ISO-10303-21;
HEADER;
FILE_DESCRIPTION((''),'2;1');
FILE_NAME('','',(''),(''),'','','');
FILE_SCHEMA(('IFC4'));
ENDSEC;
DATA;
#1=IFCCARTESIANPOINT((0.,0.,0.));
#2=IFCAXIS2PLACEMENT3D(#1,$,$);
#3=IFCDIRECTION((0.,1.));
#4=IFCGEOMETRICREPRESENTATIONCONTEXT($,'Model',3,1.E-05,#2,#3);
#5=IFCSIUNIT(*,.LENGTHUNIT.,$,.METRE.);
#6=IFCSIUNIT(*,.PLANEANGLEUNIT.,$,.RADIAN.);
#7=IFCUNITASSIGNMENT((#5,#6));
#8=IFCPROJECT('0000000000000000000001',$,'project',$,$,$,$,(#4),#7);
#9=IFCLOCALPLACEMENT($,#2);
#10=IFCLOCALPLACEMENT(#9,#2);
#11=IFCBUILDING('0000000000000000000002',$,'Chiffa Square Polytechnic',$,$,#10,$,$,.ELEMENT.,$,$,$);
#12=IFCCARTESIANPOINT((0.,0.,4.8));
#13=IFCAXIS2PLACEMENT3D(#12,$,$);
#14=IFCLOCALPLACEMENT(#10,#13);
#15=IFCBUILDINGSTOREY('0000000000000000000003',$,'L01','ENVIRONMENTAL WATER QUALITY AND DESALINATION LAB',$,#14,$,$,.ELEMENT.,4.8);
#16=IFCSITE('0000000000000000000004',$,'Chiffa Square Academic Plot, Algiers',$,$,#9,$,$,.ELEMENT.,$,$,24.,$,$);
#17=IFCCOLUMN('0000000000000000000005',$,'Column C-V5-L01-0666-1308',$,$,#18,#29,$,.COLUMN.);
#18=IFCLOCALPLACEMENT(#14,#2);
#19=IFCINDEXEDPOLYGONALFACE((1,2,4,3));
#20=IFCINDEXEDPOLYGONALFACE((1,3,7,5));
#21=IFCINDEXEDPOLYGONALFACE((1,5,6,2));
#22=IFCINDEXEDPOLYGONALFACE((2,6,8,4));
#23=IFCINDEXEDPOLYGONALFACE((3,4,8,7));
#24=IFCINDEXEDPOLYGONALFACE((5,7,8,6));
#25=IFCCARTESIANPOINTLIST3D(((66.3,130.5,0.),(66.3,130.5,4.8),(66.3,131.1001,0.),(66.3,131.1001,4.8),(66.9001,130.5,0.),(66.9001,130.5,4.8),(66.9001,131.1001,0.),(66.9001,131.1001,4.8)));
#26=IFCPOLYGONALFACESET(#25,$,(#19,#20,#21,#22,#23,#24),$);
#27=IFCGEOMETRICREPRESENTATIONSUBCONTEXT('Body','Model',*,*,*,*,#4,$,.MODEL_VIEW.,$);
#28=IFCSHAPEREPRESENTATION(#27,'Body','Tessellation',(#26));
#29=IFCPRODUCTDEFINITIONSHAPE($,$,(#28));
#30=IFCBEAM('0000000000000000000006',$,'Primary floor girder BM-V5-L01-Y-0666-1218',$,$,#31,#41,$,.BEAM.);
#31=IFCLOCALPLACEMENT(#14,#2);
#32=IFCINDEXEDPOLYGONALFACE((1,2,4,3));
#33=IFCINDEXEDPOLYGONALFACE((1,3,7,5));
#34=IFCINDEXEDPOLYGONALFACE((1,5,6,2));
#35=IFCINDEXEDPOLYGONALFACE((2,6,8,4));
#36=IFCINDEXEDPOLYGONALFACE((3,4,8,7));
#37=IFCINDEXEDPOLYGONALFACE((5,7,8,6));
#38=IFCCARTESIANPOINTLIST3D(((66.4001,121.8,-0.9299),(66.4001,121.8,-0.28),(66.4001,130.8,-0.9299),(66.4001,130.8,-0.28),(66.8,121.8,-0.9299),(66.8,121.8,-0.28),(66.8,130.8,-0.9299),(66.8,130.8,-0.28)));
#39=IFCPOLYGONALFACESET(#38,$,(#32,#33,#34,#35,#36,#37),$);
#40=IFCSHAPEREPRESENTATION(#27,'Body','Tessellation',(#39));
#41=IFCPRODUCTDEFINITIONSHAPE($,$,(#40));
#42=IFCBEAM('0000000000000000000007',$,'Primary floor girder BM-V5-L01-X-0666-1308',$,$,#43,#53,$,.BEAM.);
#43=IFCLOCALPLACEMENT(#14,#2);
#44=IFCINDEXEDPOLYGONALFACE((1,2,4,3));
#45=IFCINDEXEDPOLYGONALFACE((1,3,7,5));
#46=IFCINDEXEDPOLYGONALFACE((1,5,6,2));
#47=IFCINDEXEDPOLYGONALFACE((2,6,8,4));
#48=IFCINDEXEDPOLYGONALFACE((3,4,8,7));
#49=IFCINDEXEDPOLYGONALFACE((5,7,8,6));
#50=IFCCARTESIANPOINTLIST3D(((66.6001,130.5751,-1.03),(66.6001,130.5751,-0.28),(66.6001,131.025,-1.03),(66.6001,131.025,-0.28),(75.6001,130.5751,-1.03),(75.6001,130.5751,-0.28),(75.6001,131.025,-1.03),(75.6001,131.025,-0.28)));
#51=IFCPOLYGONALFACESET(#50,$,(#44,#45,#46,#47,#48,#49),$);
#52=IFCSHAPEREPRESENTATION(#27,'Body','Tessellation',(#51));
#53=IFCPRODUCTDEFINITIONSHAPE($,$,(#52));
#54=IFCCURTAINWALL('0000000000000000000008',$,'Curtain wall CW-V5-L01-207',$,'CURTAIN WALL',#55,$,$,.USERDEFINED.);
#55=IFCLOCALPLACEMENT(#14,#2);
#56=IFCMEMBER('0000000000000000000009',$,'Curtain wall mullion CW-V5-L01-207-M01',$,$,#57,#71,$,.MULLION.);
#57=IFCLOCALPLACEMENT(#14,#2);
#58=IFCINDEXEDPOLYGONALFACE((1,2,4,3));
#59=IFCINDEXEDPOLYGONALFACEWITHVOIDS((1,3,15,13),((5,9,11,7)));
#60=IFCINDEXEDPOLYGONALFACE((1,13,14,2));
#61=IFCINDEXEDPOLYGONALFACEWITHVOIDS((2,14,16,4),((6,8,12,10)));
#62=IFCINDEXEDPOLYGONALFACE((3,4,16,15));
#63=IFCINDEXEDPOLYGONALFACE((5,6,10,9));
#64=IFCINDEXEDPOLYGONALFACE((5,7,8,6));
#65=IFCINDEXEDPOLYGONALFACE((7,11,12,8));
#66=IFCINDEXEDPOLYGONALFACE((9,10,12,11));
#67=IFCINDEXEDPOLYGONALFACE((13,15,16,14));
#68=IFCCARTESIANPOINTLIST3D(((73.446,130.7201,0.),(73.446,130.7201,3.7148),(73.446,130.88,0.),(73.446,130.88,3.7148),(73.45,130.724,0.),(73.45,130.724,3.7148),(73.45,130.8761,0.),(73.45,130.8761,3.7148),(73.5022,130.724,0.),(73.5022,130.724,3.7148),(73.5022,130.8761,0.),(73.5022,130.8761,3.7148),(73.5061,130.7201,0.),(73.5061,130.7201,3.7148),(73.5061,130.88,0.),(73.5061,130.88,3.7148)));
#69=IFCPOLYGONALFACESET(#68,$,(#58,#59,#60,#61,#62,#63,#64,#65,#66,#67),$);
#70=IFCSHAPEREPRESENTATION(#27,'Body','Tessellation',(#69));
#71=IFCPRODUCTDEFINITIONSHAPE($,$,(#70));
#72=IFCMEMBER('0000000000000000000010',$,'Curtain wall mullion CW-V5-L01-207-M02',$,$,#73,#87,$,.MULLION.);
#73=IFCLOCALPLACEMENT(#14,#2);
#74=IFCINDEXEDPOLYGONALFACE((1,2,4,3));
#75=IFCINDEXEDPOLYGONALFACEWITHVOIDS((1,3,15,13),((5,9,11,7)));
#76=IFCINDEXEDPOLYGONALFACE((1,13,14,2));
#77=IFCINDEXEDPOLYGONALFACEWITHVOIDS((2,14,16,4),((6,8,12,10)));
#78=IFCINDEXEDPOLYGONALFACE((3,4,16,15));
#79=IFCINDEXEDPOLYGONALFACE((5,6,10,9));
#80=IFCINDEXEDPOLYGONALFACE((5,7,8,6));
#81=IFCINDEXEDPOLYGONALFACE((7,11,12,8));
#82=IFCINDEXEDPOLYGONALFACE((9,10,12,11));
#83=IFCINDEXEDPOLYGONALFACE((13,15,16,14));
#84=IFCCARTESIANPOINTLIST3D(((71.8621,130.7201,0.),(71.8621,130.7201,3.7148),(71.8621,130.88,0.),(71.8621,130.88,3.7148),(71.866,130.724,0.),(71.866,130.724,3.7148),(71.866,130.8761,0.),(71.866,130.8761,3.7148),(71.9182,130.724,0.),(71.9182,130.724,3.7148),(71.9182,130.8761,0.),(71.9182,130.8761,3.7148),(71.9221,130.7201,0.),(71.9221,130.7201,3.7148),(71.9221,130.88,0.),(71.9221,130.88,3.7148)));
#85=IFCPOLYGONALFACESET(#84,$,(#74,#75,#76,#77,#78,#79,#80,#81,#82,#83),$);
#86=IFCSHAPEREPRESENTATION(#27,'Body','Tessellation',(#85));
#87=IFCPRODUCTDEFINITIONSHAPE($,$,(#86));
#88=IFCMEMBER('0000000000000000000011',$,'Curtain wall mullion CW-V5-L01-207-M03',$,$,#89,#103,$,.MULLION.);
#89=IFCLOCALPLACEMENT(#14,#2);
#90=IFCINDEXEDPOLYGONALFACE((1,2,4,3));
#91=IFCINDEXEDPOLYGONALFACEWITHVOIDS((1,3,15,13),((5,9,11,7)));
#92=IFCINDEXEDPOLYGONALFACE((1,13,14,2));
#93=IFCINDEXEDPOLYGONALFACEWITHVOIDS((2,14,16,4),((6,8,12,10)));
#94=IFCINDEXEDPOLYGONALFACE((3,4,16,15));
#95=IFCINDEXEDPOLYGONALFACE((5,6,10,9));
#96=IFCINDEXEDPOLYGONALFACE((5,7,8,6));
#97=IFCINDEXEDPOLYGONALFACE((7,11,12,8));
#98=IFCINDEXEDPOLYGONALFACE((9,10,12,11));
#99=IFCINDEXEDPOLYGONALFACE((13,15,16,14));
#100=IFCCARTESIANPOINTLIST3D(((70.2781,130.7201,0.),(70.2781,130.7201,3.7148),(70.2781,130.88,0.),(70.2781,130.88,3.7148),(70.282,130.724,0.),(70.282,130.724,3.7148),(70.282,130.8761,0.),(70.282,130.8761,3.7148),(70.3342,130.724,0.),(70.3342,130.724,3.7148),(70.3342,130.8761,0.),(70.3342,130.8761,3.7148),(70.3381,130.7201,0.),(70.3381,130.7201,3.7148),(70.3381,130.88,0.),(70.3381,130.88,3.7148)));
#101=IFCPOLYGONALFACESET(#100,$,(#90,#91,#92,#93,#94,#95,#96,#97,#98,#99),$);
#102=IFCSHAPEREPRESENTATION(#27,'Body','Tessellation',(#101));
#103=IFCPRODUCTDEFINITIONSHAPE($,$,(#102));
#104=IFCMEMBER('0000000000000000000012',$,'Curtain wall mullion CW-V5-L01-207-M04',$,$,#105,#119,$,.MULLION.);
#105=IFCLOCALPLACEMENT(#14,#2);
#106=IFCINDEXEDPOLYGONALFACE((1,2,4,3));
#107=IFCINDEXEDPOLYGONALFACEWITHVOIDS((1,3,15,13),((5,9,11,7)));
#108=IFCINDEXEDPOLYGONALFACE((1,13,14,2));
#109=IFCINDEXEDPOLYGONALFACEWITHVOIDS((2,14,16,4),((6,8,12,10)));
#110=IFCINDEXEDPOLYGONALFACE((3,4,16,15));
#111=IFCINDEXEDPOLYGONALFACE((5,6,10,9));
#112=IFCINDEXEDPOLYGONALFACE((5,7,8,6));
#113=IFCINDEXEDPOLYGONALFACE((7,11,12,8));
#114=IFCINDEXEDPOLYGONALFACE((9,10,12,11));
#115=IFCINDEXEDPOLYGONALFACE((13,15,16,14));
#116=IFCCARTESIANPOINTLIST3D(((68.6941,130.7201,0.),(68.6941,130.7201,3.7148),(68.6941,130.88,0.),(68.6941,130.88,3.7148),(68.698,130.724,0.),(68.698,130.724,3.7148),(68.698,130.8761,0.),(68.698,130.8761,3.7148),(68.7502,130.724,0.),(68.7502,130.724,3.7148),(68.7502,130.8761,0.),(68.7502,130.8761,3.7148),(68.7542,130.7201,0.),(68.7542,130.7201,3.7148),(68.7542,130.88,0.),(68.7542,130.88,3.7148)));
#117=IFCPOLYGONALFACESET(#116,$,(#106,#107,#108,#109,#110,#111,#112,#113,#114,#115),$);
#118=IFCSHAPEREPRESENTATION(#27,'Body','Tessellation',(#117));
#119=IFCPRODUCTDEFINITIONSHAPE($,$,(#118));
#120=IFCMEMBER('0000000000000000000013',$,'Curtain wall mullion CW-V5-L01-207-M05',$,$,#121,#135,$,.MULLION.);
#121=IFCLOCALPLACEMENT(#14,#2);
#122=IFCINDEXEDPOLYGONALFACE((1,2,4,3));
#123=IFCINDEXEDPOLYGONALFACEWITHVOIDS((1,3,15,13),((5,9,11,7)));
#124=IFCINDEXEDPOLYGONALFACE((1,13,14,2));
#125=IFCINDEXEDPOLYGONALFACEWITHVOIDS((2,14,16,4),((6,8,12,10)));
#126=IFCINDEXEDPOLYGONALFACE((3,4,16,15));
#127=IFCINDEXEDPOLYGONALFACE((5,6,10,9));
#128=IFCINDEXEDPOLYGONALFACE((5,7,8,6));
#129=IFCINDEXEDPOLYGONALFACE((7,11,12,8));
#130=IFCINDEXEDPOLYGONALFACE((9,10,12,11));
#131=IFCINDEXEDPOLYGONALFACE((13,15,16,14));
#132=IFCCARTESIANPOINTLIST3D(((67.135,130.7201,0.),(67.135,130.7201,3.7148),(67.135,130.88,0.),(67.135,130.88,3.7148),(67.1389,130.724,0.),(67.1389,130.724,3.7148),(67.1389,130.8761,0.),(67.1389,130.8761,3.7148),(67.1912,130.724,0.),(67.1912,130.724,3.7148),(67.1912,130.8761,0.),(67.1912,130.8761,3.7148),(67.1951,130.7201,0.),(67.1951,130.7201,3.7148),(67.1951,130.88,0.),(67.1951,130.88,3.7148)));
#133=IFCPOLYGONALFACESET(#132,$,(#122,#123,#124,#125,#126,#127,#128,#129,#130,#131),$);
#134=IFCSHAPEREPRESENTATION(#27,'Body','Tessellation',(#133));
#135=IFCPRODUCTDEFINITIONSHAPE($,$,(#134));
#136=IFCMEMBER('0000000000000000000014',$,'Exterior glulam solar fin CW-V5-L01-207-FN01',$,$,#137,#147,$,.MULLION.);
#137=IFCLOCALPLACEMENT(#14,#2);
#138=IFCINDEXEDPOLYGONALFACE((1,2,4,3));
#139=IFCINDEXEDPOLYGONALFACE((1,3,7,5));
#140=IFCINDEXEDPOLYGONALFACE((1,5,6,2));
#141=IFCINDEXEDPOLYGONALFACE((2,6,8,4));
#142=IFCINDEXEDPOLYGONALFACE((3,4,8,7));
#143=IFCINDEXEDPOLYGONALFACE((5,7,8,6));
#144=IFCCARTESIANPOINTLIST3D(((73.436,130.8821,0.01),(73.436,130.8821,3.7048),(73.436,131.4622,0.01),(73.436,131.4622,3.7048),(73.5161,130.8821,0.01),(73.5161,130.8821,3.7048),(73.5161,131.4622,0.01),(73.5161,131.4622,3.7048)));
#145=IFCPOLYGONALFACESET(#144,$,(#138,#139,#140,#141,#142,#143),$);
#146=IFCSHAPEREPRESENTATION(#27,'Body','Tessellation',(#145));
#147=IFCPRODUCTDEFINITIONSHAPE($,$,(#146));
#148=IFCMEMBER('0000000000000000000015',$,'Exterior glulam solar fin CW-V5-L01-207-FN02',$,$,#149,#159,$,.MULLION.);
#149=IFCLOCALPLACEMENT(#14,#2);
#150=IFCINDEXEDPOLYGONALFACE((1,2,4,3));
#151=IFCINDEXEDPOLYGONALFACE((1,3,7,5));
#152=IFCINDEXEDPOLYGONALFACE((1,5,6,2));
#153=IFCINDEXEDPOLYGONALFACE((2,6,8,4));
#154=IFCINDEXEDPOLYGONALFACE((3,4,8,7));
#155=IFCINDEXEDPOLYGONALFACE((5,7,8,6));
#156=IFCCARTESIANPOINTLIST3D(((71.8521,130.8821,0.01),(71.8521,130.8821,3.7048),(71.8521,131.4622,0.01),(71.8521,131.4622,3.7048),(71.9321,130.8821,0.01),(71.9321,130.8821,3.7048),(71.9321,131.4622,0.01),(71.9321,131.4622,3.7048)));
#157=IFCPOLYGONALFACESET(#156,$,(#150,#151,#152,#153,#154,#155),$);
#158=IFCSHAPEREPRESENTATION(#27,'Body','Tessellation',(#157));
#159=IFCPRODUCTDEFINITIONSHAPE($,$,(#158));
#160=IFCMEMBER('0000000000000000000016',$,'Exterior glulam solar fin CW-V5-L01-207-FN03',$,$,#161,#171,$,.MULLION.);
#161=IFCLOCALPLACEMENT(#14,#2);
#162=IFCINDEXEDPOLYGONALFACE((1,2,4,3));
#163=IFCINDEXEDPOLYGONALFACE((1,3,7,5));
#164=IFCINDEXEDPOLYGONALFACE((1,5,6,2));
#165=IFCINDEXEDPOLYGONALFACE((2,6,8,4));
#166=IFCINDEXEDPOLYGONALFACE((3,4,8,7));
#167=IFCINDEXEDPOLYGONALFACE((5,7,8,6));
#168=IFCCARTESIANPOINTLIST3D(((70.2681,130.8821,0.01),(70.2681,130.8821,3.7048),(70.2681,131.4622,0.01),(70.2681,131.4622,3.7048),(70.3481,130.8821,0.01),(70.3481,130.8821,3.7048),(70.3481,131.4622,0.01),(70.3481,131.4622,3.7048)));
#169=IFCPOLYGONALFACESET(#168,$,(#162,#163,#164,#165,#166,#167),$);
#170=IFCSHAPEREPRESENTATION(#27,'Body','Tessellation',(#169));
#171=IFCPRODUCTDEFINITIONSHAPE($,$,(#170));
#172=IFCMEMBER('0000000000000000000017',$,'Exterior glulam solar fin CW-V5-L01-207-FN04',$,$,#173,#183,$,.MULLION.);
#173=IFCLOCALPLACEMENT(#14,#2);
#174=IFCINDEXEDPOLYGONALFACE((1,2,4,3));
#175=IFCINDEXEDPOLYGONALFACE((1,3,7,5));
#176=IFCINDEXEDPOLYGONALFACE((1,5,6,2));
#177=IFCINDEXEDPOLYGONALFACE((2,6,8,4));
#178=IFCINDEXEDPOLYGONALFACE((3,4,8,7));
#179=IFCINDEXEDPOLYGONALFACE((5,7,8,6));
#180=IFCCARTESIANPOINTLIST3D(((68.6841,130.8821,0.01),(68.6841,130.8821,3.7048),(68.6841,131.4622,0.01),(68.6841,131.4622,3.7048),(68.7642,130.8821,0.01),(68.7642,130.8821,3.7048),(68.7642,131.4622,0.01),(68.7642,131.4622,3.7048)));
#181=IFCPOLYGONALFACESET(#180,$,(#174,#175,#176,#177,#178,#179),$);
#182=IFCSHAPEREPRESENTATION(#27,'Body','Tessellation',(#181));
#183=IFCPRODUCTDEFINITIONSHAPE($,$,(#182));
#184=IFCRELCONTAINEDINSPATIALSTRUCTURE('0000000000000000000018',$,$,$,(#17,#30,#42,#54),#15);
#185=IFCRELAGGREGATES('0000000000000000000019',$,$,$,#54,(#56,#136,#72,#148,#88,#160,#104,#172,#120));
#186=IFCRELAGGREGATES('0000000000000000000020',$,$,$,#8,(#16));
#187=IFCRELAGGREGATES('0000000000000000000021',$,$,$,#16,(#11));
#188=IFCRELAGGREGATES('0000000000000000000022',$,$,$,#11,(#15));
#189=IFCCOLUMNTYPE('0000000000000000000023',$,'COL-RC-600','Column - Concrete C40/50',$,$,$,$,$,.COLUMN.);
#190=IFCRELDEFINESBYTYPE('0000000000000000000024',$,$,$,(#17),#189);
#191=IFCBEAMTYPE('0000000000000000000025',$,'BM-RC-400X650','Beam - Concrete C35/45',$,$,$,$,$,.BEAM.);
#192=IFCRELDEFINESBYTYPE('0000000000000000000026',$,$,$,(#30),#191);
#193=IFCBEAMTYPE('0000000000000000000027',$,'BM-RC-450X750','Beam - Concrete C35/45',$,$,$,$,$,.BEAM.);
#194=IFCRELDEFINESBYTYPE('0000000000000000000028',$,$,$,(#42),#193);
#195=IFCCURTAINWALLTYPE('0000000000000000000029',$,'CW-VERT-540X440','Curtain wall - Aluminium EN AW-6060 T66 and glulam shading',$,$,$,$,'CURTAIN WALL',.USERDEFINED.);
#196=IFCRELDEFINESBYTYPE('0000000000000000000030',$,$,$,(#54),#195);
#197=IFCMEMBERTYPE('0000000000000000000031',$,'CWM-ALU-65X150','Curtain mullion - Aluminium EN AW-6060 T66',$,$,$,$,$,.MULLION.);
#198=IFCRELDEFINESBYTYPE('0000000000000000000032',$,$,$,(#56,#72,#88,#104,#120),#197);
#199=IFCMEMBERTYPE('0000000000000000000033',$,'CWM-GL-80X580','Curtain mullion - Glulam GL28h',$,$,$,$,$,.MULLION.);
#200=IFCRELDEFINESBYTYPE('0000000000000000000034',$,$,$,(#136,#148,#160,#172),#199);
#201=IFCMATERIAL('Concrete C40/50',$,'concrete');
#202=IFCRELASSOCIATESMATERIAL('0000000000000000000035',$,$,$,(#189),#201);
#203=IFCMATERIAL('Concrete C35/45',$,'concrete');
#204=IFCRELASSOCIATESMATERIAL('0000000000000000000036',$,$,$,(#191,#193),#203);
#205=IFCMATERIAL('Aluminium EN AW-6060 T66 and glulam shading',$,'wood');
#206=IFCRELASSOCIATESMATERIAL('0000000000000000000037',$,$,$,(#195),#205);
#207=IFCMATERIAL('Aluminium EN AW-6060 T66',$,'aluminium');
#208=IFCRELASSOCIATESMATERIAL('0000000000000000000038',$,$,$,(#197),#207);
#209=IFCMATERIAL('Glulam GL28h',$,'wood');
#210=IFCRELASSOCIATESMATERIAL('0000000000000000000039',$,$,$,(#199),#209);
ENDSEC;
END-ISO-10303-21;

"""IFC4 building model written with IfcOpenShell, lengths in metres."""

from ifc_helpers import new_model, si_unit, direction, frame, origin, origin_2d, place, context, subcontext, project, spatial, rectangle, hollow_rectangle, extrude, material, material_profile, profile_set, type_object, element, aggregate, save


model = new_model("IFC4")

# Units and contexts
model_context = context("Model", 3, precision=1e-05, world=origin(), true_north=direction((0.0, 1.0)))
body_context = subcontext(model_context, "Body", "Model", "MODEL_VIEW")
ifc_project = project(units=[si_unit("LENGTHUNIT", "METRE"), si_unit("PLANEANGLEUNIT", "RADIAN")], contexts=[model_context])

# Site, building, storey
site_placement = place(None, origin())
site = spatial("IfcSite", under=ifc_project, at=site_placement, Name="Chiffa Square Academic Plot, Algiers", CompositionType="ELEMENT", RefElevation=24.0)
building_placement = place(site_placement, origin())
building = spatial("IfcBuilding", under=site, at=building_placement, Name="Chiffa Square Polytechnic", CompositionType="ELEMENT")
storey_placement = place(building_placement, frame((0.0, 0.0, 4.8)))
storey = spatial("IfcBuildingStorey", under=building, at=storey_placement, Name="L01", Description="ENVIRONMENTAL WATER QUALITY AND DESALINATION LAB", CompositionType="ELEMENT", Elevation=4.8)

# Column
ifc_material_1 = material(Name="Concrete C40/50", Category="concrete")
ifc_material_profile_1 = material_profile(ifc_material_1, rectangle(XDim=0.6001, YDim=0.6001, at=origin_2d()), Name="RC 600x600")
ifc_profile_set_1 = profile_set([ifc_material_profile_1], Name="Concrete C40/50")
column_type = type_object("IfcColumnType", Name="COL-RC-600", Description="Column - Concrete C40/50", PredefinedType="COLUMN", material=ifc_profile_set_1)
column_placement = place(storey_placement, frame((66.6001, 130.8, 0.0), z_axis=(0.0, 0.0, 1.0), x_axis=(1.0, 0.0, 0.0)))
element("IfcColumn", 1, at=column_placement, inside=storey, type_object=column_type, Name="Column C-V5-L01-0666-1308", PredefinedType="COLUMN", context=body_context, shape_type="SweptSolid", body=[
    extrude(rectangle(XDim=0.6001, YDim=0.6001, at=origin_2d()), origin(), (0.0, 0.0, 1.0), 4.8),
])

# Beams
ifc_material_2 = material(Name="Concrete C35/45", Category="concrete")
ifc_material_profile_2 = material_profile(ifc_material_2, rectangle(XDim=0.3999, YDim=0.6499, at=origin_2d()), Name="RC 400x650")
ifc_profile_set_2 = profile_set([ifc_material_profile_2], Name="Concrete C35/45")
beam_type_1 = type_object("IfcBeamType", Name="BM-RC-400X650", Description="Beam - Concrete C35/45", PredefinedType="BEAM", material=ifc_profile_set_2)
beam_1_placement = place(storey_placement, frame((66.6001, 121.8, -0.605), z_axis=(0.0, 1.0, 0.0), x_axis=(-1.0, 0.0, 0.0)))
element("IfcBeam", 2, at=beam_1_placement, inside=storey, type_object=beam_type_1, Name="Primary floor girder BM-V5-L01-Y-0666-1218", PredefinedType="BEAM", context=body_context, shape_type="SweptSolid", body=[
    extrude(rectangle(XDim=0.3999, YDim=0.6499, at=origin_2d()), origin(), (0.0, 0.0, 1.0), 9.0),
])
ifc_material_profile_3 = material_profile(ifc_material_2, rectangle(XDim=0.45, YDim=0.75, at=origin_2d()), Name="RC 450x750")
ifc_profile_set_3 = profile_set([ifc_material_profile_3], Name="Concrete C35/45")
beam_type_2 = type_object("IfcBeamType", Name="BM-RC-450X750", Description="Beam - Concrete C35/45", PredefinedType="BEAM", material=ifc_profile_set_3)
beam_2_placement = place(storey_placement, frame((66.6001, 130.8, -0.655), z_axis=(1.0, 0.0, 0.0), x_axis=(0.0, 1.0, 0.0)))
element("IfcBeam", 3, at=beam_2_placement, inside=storey, type_object=beam_type_2, Name="Primary floor girder BM-V5-L01-X-0666-1308", PredefinedType="BEAM", context=body_context, shape_type="SweptSolid", body=[
    extrude(rectangle(XDim=0.45, YDim=0.75, at=origin_2d()), origin(), (0.0, 0.0, 1.0), 9.0),
])

# Curtain wall, members
ifc_material_3 = material(Name="Aluminium EN AW-6060 T66 and glulam shading", Category="wood")
curtain_wall_type = type_object("IfcCurtainWallType", Name="CW-VERT-540X440", Description="Curtain wall - Aluminium EN AW-6060 T66 and glulam shading", ElementType="CURTAIN WALL", PredefinedType="USERDEFINED", material=ifc_material_3)
curtain_wall_placement = place(storey_placement, origin())
curtain_wall = element("IfcCurtainWall", 4, at=curtain_wall_placement, inside=storey, type_object=curtain_wall_type, Name="Curtain wall CW-V5-L01-207", ObjectType="CURTAIN WALL", PredefinedType="USERDEFINED")
ifc_material_4 = material(Name="Aluminium EN AW-6060 T66", Category="aluminium")
ifc_material_profile_4 = material_profile(ifc_material_4, hollow_rectangle(XDim=0.0601, YDim=0.1599, WallThickness=0.0039, at=origin_2d()), Name="ALU 60x160x4")
ifc_profile_set_4 = profile_set([ifc_material_profile_4], Name="Aluminium EN AW-6060 T66")
member_type_1 = type_object("IfcMemberType", Name="CWM-ALU-65X150", Description="Curtain mullion - Aluminium EN AW-6060 T66", PredefinedType="MULLION", material=ifc_profile_set_4)
member_1_placement = place(storey_placement, frame((73.4761, 130.8, 0.0), z_axis=(0.0, 0.0, 1.0), x_axis=(1.0, 0.0, 0.0)))
member_1 = element("IfcMember", 5, at=member_1_placement, type_object=member_type_1, Name="Curtain wall mullion CW-V5-L01-207-M01", PredefinedType="MULLION", context=body_context, shape_type="SweptSolid", body=[
    extrude(hollow_rectangle(XDim=0.0601, YDim=0.1599, WallThickness=0.0039, at=origin_2d()), origin(), (0.0, 0.0, 1.0), 3.7148),
])
member_2_placement = place(storey_placement, frame((71.8921, 130.8, 0.0), z_axis=(0.0, 0.0, 1.0), x_axis=(1.0, 0.0, 0.0)))
member_2 = element("IfcMember", 6, at=member_2_placement, type_object=member_type_1, Name="Curtain wall mullion CW-V5-L01-207-M02", PredefinedType="MULLION", context=body_context, shape_type="SweptSolid", body=[
    extrude(hollow_rectangle(XDim=0.0601, YDim=0.1599, WallThickness=0.0039, at=origin_2d()), origin(), (0.0, 0.0, 1.0), 3.7148),
])
member_3_placement = place(storey_placement, frame((70.3081, 130.8, 0.0), z_axis=(0.0, 0.0, 1.0), x_axis=(1.0, 0.0, 0.0)))
member_3 = element("IfcMember", 7, at=member_3_placement, type_object=member_type_1, Name="Curtain wall mullion CW-V5-L01-207-M03", PredefinedType="MULLION", context=body_context, shape_type="SweptSolid", body=[
    extrude(hollow_rectangle(XDim=0.0601, YDim=0.1599, WallThickness=0.0039, at=origin_2d()), origin(), (0.0, 0.0, 1.0), 3.7148),
])
member_4_placement = place(storey_placement, frame((68.7241, 130.8, 0.0), z_axis=(0.0, 0.0, 1.0), x_axis=(1.0, 0.0, 0.0)))
member_4 = element("IfcMember", 8, at=member_4_placement, type_object=member_type_1, Name="Curtain wall mullion CW-V5-L01-207-M04", PredefinedType="MULLION", context=body_context, shape_type="SweptSolid", body=[
    extrude(hollow_rectangle(XDim=0.0601, YDim=0.1599, WallThickness=0.0039, at=origin_2d()), origin(), (0.0, 0.0, 1.0), 3.7148),
])
member_5_placement = place(storey_placement, frame((67.165, 130.8, 0.0), z_axis=(0.0, 0.0, 1.0), x_axis=(1.0, 0.0, 0.0)))
member_5 = element("IfcMember", 9, at=member_5_placement, type_object=member_type_1, Name="Curtain wall mullion CW-V5-L01-207-M05", PredefinedType="MULLION", context=body_context, shape_type="SweptSolid", body=[
    extrude(hollow_rectangle(XDim=0.0601, YDim=0.1599, WallThickness=0.0039, at=origin_2d()), origin(), (0.0, 0.0, 1.0), 3.7148),
])
ifc_material_5 = material(Name="Glulam GL28h", Category="wood")
ifc_material_profile_5 = material_profile(ifc_material_5, rectangle(XDim=0.0801, YDim=0.5801, at=origin_2d()), Name="GL28h 80x580")
ifc_profile_set_5 = profile_set([ifc_material_profile_5], Name="Glulam GL28h")
member_type_2 = type_object("IfcMemberType", Name="CWM-GL-80X580", Description="Curtain mullion - Glulam GL28h", PredefinedType="MULLION", material=ifc_profile_set_5)
member_6_placement = place(storey_placement, frame((73.4761, 131.1721, 0.01), z_axis=(0.0, 0.0, 1.0), x_axis=(-1.0, 0.0, 0.0)))
member_6 = element("IfcMember", 10, at=member_6_placement, type_object=member_type_2, Name="Exterior glulam solar fin CW-V5-L01-207-FN01", PredefinedType="MULLION", context=body_context, shape_type="SweptSolid", body=[
    extrude(rectangle(XDim=0.0801, YDim=0.5801, at=origin_2d()), origin(), (0.0, 0.0, 1.0), 3.6948),
])
member_7_placement = place(storey_placement, frame((71.8921, 131.1721, 0.01), z_axis=(0.0, 0.0, 1.0), x_axis=(-1.0, 0.0, 0.0)))
member_7 = element("IfcMember", 11, at=member_7_placement, type_object=member_type_2, Name="Exterior glulam solar fin CW-V5-L01-207-FN02", PredefinedType="MULLION", context=body_context, shape_type="SweptSolid", body=[
    extrude(rectangle(XDim=0.0801, YDim=0.5801, at=origin_2d()), origin(), (0.0, 0.0, 1.0), 3.6948),
])
member_8_placement = place(storey_placement, frame((70.3081, 131.1721, 0.01), z_axis=(0.0, 0.0, 1.0), x_axis=(-1.0, 0.0, 0.0)))
member_8 = element("IfcMember", 12, at=member_8_placement, type_object=member_type_2, Name="Exterior glulam solar fin CW-V5-L01-207-FN03", PredefinedType="MULLION", context=body_context, shape_type="SweptSolid", body=[
    extrude(rectangle(XDim=0.0801, YDim=0.5801, at=origin_2d()), origin(), (0.0, 0.0, 1.0), 3.6948),
])
member_9_placement = place(storey_placement, frame((68.7241, 131.1721, 0.01), z_axis=(0.0, 0.0, 1.0), x_axis=(-1.0, 0.0, 0.0)))
member_9 = element("IfcMember", 13, at=member_9_placement, type_object=member_type_2, Name="Exterior glulam solar fin CW-V5-L01-207-FN04", PredefinedType="MULLION", context=body_context, shape_type="SweptSolid", body=[
    extrude(rectangle(XDim=0.0801, YDim=0.5801, at=origin_2d()), origin(), (0.0, 0.0, 1.0), 3.6948),
])

aggregate(curtain_wall, [member_1, member_6, member_2, member_7, member_3, member_8, member_4, member_9, member_5])

save(model, "model.ifc")
